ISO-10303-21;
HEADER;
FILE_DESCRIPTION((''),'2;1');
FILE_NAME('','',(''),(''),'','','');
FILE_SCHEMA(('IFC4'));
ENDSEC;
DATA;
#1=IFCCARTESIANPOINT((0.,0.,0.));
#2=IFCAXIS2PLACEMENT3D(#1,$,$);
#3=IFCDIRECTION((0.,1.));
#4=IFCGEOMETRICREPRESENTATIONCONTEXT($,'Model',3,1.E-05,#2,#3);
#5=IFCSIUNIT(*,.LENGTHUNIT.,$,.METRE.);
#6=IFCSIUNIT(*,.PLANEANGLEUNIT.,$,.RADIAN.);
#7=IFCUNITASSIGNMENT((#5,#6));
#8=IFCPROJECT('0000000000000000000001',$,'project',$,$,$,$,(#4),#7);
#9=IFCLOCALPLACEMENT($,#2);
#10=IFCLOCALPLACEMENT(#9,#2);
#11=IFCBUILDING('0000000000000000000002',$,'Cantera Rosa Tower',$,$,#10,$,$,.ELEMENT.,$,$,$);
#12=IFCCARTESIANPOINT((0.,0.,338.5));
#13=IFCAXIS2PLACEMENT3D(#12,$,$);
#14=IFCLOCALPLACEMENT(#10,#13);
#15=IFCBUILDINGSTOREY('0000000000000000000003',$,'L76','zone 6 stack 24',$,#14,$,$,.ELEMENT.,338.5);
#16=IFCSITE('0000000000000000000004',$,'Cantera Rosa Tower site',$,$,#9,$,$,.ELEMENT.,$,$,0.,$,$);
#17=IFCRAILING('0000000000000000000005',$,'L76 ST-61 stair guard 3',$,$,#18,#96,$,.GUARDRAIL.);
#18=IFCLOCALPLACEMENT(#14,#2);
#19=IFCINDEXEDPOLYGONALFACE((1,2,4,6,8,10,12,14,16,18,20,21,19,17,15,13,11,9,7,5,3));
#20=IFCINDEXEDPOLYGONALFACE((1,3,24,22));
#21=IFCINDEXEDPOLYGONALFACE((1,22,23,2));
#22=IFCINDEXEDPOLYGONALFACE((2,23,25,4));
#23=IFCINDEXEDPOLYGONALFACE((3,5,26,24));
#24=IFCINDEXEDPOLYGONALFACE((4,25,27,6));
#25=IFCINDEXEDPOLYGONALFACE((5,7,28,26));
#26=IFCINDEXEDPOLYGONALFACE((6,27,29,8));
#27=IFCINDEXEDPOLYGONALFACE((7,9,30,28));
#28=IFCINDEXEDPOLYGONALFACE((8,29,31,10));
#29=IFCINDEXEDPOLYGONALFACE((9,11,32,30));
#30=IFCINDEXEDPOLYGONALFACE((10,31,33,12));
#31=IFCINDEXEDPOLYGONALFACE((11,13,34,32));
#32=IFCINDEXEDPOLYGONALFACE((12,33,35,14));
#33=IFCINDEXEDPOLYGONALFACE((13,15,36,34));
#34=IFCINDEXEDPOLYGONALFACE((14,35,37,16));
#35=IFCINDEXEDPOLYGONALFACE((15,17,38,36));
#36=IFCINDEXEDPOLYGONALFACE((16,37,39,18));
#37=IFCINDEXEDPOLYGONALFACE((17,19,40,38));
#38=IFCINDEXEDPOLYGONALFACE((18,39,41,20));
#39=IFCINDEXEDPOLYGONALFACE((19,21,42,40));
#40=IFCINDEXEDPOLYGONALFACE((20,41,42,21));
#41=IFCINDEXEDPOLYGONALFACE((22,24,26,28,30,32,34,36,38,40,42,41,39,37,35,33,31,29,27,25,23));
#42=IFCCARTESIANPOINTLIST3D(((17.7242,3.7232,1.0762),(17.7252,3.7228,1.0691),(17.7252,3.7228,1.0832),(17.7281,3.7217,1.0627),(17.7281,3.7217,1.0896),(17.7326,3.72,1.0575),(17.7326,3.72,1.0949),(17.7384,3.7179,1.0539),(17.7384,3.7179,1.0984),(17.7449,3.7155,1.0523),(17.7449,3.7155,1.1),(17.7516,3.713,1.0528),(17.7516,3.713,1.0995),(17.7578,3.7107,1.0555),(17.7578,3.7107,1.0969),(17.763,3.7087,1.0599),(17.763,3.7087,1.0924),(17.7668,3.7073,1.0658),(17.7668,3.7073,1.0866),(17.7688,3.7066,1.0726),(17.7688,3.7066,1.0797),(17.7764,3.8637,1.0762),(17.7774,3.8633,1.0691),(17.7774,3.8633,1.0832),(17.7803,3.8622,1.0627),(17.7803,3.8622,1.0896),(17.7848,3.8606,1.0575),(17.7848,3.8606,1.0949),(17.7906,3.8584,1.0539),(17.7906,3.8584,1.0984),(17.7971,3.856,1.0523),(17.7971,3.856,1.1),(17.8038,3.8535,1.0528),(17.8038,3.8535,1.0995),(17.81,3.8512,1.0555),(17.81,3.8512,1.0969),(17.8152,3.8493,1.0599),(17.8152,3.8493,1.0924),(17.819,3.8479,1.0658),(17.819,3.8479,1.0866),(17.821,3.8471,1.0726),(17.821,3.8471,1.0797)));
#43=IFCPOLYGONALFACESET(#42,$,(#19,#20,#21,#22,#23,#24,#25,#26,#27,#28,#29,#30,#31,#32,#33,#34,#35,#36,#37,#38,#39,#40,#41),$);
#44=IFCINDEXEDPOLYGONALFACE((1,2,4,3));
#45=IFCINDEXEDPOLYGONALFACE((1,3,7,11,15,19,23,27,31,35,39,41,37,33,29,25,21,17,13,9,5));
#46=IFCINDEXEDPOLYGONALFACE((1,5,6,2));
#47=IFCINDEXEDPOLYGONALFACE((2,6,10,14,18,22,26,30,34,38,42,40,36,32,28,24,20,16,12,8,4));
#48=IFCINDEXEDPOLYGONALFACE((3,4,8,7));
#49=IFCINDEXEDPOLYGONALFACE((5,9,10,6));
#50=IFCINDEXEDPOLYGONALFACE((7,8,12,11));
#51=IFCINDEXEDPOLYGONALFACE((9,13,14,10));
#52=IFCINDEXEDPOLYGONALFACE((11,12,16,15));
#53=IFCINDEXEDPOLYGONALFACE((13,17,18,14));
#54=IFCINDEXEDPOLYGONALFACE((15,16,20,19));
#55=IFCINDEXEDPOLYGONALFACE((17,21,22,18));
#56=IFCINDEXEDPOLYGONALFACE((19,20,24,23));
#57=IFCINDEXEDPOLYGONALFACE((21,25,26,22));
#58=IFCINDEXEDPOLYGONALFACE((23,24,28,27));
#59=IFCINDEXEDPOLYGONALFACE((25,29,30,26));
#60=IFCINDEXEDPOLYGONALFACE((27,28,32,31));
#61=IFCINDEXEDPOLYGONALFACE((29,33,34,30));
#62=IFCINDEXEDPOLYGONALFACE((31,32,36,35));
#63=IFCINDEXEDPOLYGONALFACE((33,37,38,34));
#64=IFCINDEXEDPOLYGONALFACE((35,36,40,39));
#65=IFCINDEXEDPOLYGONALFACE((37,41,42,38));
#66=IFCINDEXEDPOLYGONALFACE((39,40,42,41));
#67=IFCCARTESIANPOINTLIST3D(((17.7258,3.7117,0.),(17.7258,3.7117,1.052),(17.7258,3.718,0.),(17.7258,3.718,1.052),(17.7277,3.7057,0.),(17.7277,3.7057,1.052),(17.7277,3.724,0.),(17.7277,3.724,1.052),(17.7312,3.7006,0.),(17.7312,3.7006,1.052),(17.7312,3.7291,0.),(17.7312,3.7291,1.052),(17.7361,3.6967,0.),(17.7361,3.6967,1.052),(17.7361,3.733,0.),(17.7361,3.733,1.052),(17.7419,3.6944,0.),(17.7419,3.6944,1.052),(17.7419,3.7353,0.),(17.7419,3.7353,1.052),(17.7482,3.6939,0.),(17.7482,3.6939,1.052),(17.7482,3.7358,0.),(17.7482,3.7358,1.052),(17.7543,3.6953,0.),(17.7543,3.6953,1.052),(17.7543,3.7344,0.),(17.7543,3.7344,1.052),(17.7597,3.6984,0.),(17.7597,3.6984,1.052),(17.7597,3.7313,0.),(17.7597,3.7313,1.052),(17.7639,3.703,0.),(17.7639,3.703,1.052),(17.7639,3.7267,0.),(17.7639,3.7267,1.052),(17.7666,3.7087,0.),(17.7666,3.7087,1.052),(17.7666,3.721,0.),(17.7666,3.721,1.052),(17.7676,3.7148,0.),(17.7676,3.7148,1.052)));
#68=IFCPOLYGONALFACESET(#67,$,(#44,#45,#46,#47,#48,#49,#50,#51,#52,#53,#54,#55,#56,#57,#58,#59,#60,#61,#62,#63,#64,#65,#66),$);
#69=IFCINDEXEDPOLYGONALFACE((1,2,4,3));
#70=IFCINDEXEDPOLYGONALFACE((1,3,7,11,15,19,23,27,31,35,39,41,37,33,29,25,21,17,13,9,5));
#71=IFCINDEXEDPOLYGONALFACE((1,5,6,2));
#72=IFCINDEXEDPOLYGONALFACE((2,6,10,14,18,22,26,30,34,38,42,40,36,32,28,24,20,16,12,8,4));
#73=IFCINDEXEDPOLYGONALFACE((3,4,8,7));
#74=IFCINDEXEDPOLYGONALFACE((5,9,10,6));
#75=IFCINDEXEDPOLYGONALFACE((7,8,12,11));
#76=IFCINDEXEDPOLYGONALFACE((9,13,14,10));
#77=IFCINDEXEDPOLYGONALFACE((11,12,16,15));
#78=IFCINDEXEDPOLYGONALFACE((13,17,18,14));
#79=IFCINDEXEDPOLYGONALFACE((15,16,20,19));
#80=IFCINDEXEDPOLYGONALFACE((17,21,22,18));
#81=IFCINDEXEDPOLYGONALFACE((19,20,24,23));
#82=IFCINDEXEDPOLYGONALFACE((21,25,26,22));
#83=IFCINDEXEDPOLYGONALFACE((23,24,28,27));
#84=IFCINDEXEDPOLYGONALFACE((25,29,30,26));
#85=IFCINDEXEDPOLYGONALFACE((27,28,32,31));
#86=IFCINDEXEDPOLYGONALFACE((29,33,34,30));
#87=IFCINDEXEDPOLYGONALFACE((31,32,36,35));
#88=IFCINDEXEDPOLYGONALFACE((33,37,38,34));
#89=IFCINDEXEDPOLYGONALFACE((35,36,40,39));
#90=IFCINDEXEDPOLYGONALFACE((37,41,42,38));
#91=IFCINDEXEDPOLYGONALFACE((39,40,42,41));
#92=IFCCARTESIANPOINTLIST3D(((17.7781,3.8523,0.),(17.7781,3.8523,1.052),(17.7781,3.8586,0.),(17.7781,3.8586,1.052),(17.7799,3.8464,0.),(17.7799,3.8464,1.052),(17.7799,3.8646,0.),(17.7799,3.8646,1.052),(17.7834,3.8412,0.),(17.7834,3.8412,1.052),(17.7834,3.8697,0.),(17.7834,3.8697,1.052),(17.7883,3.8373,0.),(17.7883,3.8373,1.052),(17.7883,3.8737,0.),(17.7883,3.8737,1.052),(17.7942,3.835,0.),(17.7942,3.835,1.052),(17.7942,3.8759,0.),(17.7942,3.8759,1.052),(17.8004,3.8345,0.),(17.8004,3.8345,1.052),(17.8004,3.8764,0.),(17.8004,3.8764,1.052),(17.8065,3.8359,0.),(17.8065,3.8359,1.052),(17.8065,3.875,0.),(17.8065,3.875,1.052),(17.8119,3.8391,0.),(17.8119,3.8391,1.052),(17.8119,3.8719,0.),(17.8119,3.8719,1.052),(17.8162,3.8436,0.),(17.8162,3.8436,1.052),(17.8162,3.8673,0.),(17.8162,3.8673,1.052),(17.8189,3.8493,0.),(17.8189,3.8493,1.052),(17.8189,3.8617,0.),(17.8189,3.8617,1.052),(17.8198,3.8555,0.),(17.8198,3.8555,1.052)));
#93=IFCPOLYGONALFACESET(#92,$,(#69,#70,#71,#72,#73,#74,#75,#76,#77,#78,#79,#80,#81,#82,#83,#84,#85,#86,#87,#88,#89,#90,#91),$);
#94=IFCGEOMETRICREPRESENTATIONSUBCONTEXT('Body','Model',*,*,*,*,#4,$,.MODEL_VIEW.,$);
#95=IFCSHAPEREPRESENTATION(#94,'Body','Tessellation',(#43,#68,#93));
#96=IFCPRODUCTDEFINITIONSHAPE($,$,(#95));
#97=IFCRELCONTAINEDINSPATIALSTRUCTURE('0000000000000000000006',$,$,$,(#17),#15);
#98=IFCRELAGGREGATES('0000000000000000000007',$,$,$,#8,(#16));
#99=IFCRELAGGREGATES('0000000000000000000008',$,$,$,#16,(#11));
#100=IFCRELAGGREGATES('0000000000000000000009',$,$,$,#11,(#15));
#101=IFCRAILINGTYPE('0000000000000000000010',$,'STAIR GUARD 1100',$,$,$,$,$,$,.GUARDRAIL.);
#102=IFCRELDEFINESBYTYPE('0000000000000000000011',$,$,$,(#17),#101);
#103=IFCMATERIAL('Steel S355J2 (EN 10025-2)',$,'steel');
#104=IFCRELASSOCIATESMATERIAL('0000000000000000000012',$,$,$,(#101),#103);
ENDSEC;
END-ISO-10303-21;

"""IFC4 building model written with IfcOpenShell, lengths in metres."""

from ifc_helpers import new_model, si_unit, direction, frame, origin, origin_2d, place, context, subcontext, project, spatial, circle, extrude, material, type_object, element, save


model = new_model("IFC4")

# Units and contexts
model_context = context("Model", 3, precision=1e-05, world=origin(), true_north=direction((0.0, 1.0)))
body_context = subcontext(model_context, "Body", "Model", "MODEL_VIEW")
ifc_project = project(units=[si_unit("LENGTHUNIT", "METRE"), si_unit("PLANEANGLEUNIT", "RADIAN")], contexts=[model_context])

# Site, building, storey
site_placement = place(None, origin())
site = spatial("IfcSite", under=ifc_project, at=site_placement, Name="Cantera Rosa Tower site", CompositionType="ELEMENT", RefElevation=0.0)
building_placement = place(site_placement, origin())
building = spatial("IfcBuilding", under=site, at=building_placement, Name="Cantera Rosa Tower", CompositionType="ELEMENT")
storey_placement = place(building_placement, frame((0.0, 0.0, 338.5)))
storey = spatial("IfcBuildingStorey", under=building, at=storey_placement, Name="L76", Description="zone 6 stack 24", CompositionType="ELEMENT", Elevation=338.5)

# Railing
ifc_material_1 = material(Name="Steel S355J2 (EN 10025-2)", Category="steel")
railing_type_1 = type_object("IfcRailingType", Name="STAIR GUARD 1100", PredefinedType="GUARDRAIL", material=ifc_material_1)
railing_1_placement = place(storey_placement, frame((17.7466, 3.7148, 0.0)))
element("IfcRailing", 1, at=railing_1_placement, inside=storey, type_object=railing_type_1, Name="L76 ST-61 stair guard 3", PredefinedType="GUARDRAIL", context=body_context, shape_type="SweptSolid", body=[
    extrude(circle(Radius=0.0239, at=origin_2d()), frame((0.0, 0.0, 1.0762), z_axis=(0.348268, 0.937395, 0.0), x_axis=(-0.937395, 0.348268, 0.0)), (0.0, 0.0, 1.0), 0.1499),
    extrude(circle(Radius=0.021, at=origin_2d()), origin(), (0.0, 0.0, 1.0), 1.052),
    extrude(circle(Radius=0.021, at=origin_2d()), frame((0.0522, 0.1406, 0.0)), (0.0, 0.0, 1.0), 1.052),
])

save(model, "model.ifc")
